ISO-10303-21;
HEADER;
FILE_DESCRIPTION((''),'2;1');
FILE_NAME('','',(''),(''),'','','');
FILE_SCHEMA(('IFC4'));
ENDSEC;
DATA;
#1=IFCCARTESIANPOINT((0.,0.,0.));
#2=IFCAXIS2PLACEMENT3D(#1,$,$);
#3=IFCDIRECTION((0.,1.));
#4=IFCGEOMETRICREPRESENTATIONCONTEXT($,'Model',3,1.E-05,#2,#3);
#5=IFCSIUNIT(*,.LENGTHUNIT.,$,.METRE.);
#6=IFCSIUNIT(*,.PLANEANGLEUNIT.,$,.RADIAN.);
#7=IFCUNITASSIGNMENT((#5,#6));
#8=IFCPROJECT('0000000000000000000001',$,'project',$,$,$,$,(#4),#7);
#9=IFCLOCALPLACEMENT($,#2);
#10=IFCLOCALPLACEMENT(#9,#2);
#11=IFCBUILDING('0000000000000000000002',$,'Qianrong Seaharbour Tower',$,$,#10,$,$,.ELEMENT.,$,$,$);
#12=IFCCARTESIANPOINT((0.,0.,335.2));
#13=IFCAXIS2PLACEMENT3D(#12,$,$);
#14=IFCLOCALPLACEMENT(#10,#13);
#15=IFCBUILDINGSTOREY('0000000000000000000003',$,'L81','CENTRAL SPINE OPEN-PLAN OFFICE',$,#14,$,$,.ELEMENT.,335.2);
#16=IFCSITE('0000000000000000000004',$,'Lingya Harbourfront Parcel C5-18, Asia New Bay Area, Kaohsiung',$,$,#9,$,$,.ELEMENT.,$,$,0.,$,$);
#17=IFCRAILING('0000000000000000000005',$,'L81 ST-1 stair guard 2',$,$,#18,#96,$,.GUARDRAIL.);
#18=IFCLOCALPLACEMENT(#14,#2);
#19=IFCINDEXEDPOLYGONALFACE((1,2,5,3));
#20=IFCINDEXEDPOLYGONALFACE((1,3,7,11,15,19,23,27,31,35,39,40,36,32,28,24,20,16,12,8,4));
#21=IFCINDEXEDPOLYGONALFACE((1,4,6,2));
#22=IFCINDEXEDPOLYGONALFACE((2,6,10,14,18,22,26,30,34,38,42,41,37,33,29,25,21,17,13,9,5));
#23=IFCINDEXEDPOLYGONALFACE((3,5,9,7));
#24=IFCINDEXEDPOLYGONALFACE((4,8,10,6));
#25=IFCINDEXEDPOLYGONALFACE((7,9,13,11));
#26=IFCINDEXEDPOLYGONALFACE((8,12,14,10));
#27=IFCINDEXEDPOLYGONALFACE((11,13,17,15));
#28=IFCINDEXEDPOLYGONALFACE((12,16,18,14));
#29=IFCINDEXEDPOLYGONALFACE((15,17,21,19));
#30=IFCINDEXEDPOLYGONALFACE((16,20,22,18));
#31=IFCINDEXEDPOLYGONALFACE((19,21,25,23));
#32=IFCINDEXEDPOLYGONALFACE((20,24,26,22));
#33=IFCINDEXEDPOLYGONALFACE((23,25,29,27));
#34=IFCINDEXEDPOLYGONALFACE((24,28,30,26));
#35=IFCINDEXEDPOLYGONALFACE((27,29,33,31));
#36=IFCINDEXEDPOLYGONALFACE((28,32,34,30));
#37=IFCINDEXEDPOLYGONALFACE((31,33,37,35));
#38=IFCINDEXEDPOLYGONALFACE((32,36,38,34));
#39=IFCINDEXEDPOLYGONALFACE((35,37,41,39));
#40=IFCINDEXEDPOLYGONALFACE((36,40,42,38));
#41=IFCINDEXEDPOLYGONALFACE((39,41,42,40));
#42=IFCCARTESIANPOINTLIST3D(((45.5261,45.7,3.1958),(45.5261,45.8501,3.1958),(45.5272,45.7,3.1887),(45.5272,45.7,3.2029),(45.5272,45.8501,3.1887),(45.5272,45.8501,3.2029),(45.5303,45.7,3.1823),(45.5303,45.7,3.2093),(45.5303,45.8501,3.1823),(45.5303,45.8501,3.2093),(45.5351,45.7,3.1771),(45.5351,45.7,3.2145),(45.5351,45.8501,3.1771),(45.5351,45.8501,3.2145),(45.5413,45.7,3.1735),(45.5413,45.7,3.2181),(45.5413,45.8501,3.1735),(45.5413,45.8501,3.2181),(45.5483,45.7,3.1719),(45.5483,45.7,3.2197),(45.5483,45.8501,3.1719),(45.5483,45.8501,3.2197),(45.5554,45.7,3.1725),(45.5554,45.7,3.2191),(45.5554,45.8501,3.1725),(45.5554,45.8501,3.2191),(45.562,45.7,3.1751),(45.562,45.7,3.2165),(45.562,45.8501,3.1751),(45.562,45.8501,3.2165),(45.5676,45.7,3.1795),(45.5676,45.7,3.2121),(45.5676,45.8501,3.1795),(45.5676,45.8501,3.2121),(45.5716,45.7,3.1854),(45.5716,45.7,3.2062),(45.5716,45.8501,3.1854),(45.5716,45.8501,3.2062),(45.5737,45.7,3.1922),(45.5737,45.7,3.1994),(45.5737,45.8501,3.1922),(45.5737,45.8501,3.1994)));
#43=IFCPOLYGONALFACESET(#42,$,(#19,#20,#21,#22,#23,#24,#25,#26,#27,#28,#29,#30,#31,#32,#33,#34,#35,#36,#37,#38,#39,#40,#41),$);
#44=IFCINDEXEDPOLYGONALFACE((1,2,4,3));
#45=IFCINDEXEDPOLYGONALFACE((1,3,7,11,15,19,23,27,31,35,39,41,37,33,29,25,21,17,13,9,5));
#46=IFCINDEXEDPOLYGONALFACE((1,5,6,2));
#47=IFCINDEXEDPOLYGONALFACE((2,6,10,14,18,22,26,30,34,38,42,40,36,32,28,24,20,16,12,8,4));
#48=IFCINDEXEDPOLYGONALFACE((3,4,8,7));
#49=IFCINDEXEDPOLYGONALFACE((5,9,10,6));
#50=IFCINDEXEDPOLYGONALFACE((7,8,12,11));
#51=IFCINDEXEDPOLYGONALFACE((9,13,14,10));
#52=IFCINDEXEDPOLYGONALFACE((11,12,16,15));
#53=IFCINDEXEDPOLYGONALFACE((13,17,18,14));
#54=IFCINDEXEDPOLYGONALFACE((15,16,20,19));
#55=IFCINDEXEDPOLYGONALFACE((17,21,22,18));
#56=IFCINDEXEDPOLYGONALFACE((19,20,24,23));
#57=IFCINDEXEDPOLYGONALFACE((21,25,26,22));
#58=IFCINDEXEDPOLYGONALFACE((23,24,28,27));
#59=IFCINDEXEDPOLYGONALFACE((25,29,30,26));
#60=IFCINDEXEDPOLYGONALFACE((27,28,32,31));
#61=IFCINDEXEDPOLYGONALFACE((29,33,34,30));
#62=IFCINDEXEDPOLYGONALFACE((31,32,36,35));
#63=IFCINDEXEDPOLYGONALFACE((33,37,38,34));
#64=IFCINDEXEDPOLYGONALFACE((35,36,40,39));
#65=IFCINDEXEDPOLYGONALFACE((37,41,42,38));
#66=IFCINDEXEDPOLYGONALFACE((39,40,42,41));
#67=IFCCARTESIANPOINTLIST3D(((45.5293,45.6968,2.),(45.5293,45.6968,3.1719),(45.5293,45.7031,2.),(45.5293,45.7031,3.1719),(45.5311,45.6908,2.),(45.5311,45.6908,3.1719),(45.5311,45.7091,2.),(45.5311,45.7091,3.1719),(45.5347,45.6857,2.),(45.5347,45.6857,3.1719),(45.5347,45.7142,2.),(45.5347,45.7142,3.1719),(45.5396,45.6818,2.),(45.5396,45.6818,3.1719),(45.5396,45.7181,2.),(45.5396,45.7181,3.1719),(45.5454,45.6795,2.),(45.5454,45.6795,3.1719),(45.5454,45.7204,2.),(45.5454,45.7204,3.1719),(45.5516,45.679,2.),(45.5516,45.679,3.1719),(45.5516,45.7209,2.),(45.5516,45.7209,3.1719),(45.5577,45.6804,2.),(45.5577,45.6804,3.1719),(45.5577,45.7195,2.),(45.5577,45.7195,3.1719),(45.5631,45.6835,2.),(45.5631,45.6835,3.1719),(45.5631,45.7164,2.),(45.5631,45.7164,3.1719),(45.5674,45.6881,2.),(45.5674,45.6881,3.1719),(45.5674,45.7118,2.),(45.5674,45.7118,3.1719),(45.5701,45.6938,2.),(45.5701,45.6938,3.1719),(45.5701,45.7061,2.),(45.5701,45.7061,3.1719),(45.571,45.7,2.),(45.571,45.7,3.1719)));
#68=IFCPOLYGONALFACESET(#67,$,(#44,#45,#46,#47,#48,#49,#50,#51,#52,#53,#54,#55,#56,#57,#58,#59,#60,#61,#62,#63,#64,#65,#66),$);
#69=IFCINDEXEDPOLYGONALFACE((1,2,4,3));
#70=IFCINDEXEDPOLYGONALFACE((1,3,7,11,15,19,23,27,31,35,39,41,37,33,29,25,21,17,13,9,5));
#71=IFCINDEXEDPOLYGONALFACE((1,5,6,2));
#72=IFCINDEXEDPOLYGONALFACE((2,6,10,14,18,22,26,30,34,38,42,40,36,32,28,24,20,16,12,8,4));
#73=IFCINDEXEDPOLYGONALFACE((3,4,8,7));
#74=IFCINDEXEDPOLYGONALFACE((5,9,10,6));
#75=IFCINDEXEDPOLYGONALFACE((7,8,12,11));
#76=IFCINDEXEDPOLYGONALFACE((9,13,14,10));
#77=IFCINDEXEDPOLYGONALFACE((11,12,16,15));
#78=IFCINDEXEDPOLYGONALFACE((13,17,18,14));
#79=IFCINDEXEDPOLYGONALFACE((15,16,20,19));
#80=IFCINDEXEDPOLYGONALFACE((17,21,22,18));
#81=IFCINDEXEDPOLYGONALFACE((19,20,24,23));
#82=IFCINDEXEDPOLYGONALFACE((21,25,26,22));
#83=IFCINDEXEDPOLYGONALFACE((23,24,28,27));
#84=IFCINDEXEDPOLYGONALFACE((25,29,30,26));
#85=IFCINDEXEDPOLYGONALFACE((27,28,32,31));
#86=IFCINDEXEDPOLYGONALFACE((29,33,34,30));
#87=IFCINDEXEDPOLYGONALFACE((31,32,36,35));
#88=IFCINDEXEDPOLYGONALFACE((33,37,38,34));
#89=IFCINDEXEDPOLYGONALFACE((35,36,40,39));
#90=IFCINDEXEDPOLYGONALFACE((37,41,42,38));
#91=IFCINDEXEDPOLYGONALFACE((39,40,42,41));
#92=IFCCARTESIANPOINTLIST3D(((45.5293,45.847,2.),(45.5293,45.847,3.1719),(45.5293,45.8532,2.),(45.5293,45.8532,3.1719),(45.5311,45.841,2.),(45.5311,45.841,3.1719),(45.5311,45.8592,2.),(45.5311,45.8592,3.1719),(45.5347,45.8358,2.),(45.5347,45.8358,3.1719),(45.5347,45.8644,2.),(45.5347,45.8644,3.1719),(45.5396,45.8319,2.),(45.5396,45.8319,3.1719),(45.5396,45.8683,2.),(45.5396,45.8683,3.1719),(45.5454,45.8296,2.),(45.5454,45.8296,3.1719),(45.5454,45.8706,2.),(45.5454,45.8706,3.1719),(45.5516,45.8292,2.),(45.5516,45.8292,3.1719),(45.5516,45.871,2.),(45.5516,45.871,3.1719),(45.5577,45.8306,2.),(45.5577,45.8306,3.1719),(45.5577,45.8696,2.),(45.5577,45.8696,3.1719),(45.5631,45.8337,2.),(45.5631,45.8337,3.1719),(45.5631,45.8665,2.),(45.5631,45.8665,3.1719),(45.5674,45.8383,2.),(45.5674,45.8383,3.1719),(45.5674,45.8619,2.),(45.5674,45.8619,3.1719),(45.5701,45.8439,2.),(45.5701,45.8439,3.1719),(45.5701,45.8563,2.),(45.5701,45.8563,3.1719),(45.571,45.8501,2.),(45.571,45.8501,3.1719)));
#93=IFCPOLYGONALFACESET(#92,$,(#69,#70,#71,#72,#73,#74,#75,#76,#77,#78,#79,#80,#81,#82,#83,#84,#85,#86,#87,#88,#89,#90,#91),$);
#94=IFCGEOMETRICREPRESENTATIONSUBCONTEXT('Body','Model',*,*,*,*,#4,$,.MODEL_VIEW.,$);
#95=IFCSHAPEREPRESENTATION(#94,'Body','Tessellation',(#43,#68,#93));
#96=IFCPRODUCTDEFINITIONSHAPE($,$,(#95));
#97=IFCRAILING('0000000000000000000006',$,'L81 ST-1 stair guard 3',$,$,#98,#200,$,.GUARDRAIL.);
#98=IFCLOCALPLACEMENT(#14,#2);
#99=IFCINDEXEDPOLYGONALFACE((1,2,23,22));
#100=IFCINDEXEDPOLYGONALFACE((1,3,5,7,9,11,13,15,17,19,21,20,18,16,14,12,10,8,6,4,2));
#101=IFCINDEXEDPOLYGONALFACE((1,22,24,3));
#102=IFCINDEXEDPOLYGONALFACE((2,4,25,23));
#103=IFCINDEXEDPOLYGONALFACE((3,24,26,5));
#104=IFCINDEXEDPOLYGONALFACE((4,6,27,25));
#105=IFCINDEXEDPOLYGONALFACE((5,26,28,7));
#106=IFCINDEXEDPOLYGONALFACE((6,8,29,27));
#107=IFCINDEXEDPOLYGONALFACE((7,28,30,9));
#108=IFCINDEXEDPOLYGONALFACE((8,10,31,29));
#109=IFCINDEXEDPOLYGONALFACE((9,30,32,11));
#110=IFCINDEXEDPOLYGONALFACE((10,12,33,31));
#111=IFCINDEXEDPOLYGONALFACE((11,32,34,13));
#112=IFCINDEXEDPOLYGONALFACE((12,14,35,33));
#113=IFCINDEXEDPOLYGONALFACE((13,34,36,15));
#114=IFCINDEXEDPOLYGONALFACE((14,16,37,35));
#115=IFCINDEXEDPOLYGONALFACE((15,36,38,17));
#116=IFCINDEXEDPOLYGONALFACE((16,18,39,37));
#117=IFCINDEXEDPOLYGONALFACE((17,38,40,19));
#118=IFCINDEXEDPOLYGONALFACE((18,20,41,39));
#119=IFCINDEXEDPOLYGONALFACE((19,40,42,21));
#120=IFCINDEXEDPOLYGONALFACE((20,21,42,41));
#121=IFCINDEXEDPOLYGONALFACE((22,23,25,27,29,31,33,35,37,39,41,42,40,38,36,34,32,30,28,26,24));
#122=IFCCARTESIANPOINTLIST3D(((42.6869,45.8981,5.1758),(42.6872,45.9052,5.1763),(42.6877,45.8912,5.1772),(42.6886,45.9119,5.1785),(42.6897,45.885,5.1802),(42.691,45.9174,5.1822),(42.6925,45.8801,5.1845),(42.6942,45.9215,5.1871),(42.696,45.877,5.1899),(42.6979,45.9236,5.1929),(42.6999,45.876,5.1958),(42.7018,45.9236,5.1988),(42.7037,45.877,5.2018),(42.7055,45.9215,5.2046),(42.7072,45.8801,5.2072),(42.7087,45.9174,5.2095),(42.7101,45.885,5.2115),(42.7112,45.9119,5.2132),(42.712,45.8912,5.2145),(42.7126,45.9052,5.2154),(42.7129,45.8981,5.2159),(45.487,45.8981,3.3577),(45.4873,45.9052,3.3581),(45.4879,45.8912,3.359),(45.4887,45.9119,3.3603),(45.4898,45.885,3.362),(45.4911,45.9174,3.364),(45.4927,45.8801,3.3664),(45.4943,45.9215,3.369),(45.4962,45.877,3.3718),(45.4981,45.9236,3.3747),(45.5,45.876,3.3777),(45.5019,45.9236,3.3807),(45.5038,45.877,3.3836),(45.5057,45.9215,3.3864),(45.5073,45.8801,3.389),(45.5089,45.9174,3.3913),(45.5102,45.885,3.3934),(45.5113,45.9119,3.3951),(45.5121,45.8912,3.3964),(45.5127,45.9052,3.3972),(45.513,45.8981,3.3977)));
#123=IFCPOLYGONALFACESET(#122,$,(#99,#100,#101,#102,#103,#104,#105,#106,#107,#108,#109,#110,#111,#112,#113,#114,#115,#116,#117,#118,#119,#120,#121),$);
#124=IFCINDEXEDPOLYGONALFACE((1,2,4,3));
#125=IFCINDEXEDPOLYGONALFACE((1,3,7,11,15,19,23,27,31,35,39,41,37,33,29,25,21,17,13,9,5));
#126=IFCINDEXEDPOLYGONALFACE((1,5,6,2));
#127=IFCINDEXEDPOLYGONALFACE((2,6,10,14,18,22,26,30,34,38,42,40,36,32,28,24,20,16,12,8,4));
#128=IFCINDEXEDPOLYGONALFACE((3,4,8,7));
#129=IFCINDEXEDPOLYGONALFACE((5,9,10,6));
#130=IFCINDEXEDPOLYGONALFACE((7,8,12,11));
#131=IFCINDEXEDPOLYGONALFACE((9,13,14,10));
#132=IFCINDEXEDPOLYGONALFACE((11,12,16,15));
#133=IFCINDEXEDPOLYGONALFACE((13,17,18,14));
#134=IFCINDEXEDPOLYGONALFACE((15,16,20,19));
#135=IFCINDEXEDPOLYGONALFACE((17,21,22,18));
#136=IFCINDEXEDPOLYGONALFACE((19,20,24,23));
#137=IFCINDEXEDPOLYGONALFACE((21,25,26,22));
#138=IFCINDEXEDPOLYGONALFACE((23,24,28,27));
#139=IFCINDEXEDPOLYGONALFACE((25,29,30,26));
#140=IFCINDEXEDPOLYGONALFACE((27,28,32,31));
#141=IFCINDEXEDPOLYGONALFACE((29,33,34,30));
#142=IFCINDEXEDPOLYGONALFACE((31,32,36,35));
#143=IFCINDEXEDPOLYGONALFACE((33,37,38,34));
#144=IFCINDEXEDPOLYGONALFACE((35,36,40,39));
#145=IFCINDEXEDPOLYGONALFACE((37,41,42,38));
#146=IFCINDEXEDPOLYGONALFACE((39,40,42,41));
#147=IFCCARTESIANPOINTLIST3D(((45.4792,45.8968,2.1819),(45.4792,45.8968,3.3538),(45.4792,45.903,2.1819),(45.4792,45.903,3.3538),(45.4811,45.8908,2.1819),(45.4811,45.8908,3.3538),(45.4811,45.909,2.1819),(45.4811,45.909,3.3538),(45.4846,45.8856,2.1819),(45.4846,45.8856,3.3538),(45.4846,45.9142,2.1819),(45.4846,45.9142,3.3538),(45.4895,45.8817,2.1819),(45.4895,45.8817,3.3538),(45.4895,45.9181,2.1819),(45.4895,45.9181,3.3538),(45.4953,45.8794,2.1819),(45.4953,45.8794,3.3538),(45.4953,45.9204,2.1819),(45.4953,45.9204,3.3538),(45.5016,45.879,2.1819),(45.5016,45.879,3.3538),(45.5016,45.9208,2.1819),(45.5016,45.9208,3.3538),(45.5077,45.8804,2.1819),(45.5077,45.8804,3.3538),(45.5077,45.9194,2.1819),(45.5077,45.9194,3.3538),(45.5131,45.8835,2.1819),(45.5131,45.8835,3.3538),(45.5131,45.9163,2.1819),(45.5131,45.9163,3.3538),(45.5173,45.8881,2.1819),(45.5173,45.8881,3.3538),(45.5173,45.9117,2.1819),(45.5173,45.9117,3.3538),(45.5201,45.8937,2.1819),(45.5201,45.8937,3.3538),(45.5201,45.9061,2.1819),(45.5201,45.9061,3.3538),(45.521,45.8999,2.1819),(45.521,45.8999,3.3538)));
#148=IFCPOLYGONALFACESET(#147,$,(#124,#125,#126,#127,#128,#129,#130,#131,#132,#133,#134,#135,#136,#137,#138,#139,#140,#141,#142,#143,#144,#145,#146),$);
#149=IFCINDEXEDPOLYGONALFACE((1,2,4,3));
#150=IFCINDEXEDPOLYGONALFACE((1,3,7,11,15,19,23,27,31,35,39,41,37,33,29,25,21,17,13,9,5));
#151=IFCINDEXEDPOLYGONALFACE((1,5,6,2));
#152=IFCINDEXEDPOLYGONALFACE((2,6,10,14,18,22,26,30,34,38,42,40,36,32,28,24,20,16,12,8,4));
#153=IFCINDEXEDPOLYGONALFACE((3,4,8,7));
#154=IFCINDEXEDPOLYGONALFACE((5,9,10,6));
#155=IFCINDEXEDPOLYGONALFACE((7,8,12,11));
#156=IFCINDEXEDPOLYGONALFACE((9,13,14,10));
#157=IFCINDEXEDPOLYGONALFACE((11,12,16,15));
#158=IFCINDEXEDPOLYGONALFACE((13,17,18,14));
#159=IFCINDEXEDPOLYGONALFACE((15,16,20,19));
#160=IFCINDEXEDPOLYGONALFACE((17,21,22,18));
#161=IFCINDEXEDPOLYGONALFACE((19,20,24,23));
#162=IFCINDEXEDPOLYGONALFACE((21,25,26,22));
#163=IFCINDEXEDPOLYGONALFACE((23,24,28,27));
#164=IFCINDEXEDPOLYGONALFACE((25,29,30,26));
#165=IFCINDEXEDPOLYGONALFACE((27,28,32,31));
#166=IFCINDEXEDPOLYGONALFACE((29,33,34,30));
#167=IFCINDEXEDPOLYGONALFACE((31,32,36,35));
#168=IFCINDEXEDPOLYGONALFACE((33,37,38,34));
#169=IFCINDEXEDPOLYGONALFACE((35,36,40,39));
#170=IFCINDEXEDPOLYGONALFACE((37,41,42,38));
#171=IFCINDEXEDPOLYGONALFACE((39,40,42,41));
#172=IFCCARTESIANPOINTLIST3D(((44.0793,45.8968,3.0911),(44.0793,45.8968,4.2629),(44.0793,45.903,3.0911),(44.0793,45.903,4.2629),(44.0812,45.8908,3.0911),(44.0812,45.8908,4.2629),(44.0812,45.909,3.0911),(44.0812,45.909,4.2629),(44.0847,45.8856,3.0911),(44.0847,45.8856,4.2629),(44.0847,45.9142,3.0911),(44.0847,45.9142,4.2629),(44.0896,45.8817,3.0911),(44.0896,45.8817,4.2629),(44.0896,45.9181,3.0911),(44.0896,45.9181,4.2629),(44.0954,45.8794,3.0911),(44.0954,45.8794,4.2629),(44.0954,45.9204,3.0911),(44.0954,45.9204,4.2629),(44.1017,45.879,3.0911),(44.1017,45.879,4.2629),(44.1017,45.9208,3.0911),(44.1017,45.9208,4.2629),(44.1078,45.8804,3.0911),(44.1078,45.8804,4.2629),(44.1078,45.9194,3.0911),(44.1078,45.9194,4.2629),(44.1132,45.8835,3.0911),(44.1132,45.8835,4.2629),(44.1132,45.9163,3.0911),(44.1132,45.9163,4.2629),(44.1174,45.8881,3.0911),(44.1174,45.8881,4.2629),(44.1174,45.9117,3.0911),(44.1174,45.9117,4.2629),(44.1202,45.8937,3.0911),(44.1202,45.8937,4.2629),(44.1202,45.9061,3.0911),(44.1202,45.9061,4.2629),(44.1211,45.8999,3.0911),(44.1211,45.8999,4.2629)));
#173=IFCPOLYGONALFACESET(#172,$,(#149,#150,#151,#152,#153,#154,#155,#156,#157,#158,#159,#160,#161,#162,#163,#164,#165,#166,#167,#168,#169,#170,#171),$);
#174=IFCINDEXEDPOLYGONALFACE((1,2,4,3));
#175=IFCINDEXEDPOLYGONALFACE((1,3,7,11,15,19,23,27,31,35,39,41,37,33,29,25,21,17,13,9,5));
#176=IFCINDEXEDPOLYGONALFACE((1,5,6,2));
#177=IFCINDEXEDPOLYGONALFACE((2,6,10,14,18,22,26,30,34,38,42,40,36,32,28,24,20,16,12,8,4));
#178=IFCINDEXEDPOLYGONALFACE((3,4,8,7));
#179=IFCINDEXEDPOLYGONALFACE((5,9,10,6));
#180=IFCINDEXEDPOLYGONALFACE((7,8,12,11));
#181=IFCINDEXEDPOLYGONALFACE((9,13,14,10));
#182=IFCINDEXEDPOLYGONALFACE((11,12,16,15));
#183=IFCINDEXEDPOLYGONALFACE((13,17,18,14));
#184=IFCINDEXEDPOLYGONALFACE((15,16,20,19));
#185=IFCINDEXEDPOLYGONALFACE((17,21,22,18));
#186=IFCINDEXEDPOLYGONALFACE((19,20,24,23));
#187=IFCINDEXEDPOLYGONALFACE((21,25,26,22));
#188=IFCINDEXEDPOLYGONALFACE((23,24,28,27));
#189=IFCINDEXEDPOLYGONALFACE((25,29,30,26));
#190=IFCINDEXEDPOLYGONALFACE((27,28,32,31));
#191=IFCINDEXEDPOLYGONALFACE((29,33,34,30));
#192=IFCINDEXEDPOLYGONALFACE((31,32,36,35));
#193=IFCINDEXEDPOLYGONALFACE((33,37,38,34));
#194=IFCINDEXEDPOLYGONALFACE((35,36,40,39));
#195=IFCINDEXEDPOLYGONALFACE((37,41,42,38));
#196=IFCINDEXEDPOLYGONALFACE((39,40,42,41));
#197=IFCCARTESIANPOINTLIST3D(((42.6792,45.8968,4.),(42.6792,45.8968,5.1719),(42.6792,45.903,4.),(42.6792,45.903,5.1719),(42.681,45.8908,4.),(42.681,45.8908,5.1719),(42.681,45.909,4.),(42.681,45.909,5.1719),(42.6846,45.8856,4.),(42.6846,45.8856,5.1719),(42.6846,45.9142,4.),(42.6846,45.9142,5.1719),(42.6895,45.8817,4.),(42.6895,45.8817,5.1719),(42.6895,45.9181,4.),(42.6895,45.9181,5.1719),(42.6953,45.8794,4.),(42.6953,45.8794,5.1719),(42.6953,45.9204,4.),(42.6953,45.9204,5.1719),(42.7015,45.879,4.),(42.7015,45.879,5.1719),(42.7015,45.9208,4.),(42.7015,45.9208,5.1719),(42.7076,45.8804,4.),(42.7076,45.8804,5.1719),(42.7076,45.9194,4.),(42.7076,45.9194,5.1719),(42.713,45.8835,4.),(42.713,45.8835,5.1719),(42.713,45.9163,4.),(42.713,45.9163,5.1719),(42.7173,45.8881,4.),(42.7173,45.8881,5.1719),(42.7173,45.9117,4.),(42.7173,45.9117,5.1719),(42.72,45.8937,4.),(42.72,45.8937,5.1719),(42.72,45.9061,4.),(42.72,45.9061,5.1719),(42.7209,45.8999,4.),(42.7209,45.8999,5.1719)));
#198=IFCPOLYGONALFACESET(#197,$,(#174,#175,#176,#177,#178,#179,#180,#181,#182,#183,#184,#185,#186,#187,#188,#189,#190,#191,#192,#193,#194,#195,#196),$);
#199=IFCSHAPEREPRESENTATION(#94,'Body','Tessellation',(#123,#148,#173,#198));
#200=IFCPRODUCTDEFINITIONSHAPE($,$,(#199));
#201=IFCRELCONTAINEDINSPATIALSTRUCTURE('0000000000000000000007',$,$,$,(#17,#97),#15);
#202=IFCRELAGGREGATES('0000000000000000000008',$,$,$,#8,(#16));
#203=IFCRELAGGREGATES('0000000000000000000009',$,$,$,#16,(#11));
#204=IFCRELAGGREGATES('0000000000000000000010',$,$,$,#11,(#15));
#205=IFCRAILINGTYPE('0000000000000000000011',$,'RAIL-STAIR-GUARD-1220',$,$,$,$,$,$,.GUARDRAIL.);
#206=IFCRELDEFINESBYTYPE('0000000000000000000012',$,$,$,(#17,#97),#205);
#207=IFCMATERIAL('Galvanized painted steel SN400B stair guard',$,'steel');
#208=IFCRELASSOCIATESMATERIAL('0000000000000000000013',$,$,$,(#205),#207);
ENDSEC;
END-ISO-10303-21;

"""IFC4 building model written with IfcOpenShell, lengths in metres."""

from ifc_helpers import new_model, si_unit, direction, frame, origin, origin_2d, place, context, subcontext, project, spatial, circle, extrude, material, type_object, element, save


model = new_model("IFC4")

# Units and contexts
model_context = context("Model", 3, precision=1e-05, world=origin(), true_north=direction((0.0, 1.0)))
body_context = subcontext(model_context, "Body", "Model", "MODEL_VIEW")
ifc_project = project(units=[si_unit("LENGTHUNIT", "METRE"), si_unit("PLANEANGLEUNIT", "RADIAN")], contexts=[model_context])

# Site, building, storey
site_placement = place(None, origin())
site = spatial("IfcSite", under=ifc_project, at=site_placement, Name="Lingya Harbourfront Parcel C5-18, Asia New Bay Area, Kaohsiung", CompositionType="ELEMENT", RefElevation=0.0)
building_placement = place(site_placement, origin())
building = spatial("IfcBuilding", under=site, at=building_placement, Name="Qianrong Seaharbour Tower", CompositionType="ELEMENT")
storey_placement = place(building_placement, frame((0.0, 0.0, 335.2)))
storey = spatial("IfcBuildingStorey", under=building, at=storey_placement, Name="L81", Description="CENTRAL SPINE OPEN-PLAN OFFICE", CompositionType="ELEMENT", Elevation=335.2)

# Railings
ifc_material_1 = material(Name="Galvanized painted steel SN400B stair guard", Category="steel")
railing_type_1 = type_object("IfcRailingType", Name="RAIL-STAIR-GUARD-1220", PredefinedType="GUARDRAIL", material=ifc_material_1)
railing_1_placement = place(storey_placement, frame((45.55, 45.7, 2.0)))
element("IfcRailing", 1, at=railing_1_placement, inside=storey, type_object=railing_type_1, Name="L81 ST-1 stair guard 2", PredefinedType="GUARDRAIL", context=body_context, shape_type="SweptSolid", body=[
    extrude(circle(Radius=0.0239, at=origin_2d()), frame((0.0, 0.0, 1.1958), z_axis=(0.0, 1.0, 0.0), x_axis=(-1.0, 0.0, 0.0)), (0.0, 0.0, 1.0), 0.1501),
    extrude(circle(Radius=0.021, at=origin_2d()), origin(), (0.0, 0.0, 1.0), 1.1719),
    extrude(circle(Radius=0.021, at=origin_2d()), frame((0.0, 0.1501, 0.0)), (0.0, 0.0, 1.0), 1.1719),
])
railing_2_placement = place(storey_placement, frame((45.5, 45.8999, 2.1819)))
element("IfcRailing", 2, at=railing_2_placement, inside=storey, type_object=railing_type_1, Name="L81 ST-1 stair guard 3", PredefinedType="GUARDRAIL", context=body_context, shape_type="SweptSolid", body=[
    extrude(circle(Radius=0.0239, at=origin_2d()), frame((0.0, 0.0, 1.1958), z_axis=(-0.838706, 0.0, 0.544585), x_axis=(0.0, -1.0, 0.0)), (0.0, 0.0, 1.0), 3.3386),
    extrude(circle(Radius=0.021, at=origin_2d()), origin(), (0.0, 0.0, 1.0), 1.1719),
    extrude(circle(Radius=0.021, at=origin_2d()), frame((-1.3999, 0.0, 0.9092)), (0.0, 0.0, 1.0), 1.1719),
    extrude(circle(Radius=0.021, at=origin_2d()), frame((-2.8, 0.0, 1.8181)), (0.0, 0.0, 1.0), 1.1719),
])

save(model, "model.ifc")
